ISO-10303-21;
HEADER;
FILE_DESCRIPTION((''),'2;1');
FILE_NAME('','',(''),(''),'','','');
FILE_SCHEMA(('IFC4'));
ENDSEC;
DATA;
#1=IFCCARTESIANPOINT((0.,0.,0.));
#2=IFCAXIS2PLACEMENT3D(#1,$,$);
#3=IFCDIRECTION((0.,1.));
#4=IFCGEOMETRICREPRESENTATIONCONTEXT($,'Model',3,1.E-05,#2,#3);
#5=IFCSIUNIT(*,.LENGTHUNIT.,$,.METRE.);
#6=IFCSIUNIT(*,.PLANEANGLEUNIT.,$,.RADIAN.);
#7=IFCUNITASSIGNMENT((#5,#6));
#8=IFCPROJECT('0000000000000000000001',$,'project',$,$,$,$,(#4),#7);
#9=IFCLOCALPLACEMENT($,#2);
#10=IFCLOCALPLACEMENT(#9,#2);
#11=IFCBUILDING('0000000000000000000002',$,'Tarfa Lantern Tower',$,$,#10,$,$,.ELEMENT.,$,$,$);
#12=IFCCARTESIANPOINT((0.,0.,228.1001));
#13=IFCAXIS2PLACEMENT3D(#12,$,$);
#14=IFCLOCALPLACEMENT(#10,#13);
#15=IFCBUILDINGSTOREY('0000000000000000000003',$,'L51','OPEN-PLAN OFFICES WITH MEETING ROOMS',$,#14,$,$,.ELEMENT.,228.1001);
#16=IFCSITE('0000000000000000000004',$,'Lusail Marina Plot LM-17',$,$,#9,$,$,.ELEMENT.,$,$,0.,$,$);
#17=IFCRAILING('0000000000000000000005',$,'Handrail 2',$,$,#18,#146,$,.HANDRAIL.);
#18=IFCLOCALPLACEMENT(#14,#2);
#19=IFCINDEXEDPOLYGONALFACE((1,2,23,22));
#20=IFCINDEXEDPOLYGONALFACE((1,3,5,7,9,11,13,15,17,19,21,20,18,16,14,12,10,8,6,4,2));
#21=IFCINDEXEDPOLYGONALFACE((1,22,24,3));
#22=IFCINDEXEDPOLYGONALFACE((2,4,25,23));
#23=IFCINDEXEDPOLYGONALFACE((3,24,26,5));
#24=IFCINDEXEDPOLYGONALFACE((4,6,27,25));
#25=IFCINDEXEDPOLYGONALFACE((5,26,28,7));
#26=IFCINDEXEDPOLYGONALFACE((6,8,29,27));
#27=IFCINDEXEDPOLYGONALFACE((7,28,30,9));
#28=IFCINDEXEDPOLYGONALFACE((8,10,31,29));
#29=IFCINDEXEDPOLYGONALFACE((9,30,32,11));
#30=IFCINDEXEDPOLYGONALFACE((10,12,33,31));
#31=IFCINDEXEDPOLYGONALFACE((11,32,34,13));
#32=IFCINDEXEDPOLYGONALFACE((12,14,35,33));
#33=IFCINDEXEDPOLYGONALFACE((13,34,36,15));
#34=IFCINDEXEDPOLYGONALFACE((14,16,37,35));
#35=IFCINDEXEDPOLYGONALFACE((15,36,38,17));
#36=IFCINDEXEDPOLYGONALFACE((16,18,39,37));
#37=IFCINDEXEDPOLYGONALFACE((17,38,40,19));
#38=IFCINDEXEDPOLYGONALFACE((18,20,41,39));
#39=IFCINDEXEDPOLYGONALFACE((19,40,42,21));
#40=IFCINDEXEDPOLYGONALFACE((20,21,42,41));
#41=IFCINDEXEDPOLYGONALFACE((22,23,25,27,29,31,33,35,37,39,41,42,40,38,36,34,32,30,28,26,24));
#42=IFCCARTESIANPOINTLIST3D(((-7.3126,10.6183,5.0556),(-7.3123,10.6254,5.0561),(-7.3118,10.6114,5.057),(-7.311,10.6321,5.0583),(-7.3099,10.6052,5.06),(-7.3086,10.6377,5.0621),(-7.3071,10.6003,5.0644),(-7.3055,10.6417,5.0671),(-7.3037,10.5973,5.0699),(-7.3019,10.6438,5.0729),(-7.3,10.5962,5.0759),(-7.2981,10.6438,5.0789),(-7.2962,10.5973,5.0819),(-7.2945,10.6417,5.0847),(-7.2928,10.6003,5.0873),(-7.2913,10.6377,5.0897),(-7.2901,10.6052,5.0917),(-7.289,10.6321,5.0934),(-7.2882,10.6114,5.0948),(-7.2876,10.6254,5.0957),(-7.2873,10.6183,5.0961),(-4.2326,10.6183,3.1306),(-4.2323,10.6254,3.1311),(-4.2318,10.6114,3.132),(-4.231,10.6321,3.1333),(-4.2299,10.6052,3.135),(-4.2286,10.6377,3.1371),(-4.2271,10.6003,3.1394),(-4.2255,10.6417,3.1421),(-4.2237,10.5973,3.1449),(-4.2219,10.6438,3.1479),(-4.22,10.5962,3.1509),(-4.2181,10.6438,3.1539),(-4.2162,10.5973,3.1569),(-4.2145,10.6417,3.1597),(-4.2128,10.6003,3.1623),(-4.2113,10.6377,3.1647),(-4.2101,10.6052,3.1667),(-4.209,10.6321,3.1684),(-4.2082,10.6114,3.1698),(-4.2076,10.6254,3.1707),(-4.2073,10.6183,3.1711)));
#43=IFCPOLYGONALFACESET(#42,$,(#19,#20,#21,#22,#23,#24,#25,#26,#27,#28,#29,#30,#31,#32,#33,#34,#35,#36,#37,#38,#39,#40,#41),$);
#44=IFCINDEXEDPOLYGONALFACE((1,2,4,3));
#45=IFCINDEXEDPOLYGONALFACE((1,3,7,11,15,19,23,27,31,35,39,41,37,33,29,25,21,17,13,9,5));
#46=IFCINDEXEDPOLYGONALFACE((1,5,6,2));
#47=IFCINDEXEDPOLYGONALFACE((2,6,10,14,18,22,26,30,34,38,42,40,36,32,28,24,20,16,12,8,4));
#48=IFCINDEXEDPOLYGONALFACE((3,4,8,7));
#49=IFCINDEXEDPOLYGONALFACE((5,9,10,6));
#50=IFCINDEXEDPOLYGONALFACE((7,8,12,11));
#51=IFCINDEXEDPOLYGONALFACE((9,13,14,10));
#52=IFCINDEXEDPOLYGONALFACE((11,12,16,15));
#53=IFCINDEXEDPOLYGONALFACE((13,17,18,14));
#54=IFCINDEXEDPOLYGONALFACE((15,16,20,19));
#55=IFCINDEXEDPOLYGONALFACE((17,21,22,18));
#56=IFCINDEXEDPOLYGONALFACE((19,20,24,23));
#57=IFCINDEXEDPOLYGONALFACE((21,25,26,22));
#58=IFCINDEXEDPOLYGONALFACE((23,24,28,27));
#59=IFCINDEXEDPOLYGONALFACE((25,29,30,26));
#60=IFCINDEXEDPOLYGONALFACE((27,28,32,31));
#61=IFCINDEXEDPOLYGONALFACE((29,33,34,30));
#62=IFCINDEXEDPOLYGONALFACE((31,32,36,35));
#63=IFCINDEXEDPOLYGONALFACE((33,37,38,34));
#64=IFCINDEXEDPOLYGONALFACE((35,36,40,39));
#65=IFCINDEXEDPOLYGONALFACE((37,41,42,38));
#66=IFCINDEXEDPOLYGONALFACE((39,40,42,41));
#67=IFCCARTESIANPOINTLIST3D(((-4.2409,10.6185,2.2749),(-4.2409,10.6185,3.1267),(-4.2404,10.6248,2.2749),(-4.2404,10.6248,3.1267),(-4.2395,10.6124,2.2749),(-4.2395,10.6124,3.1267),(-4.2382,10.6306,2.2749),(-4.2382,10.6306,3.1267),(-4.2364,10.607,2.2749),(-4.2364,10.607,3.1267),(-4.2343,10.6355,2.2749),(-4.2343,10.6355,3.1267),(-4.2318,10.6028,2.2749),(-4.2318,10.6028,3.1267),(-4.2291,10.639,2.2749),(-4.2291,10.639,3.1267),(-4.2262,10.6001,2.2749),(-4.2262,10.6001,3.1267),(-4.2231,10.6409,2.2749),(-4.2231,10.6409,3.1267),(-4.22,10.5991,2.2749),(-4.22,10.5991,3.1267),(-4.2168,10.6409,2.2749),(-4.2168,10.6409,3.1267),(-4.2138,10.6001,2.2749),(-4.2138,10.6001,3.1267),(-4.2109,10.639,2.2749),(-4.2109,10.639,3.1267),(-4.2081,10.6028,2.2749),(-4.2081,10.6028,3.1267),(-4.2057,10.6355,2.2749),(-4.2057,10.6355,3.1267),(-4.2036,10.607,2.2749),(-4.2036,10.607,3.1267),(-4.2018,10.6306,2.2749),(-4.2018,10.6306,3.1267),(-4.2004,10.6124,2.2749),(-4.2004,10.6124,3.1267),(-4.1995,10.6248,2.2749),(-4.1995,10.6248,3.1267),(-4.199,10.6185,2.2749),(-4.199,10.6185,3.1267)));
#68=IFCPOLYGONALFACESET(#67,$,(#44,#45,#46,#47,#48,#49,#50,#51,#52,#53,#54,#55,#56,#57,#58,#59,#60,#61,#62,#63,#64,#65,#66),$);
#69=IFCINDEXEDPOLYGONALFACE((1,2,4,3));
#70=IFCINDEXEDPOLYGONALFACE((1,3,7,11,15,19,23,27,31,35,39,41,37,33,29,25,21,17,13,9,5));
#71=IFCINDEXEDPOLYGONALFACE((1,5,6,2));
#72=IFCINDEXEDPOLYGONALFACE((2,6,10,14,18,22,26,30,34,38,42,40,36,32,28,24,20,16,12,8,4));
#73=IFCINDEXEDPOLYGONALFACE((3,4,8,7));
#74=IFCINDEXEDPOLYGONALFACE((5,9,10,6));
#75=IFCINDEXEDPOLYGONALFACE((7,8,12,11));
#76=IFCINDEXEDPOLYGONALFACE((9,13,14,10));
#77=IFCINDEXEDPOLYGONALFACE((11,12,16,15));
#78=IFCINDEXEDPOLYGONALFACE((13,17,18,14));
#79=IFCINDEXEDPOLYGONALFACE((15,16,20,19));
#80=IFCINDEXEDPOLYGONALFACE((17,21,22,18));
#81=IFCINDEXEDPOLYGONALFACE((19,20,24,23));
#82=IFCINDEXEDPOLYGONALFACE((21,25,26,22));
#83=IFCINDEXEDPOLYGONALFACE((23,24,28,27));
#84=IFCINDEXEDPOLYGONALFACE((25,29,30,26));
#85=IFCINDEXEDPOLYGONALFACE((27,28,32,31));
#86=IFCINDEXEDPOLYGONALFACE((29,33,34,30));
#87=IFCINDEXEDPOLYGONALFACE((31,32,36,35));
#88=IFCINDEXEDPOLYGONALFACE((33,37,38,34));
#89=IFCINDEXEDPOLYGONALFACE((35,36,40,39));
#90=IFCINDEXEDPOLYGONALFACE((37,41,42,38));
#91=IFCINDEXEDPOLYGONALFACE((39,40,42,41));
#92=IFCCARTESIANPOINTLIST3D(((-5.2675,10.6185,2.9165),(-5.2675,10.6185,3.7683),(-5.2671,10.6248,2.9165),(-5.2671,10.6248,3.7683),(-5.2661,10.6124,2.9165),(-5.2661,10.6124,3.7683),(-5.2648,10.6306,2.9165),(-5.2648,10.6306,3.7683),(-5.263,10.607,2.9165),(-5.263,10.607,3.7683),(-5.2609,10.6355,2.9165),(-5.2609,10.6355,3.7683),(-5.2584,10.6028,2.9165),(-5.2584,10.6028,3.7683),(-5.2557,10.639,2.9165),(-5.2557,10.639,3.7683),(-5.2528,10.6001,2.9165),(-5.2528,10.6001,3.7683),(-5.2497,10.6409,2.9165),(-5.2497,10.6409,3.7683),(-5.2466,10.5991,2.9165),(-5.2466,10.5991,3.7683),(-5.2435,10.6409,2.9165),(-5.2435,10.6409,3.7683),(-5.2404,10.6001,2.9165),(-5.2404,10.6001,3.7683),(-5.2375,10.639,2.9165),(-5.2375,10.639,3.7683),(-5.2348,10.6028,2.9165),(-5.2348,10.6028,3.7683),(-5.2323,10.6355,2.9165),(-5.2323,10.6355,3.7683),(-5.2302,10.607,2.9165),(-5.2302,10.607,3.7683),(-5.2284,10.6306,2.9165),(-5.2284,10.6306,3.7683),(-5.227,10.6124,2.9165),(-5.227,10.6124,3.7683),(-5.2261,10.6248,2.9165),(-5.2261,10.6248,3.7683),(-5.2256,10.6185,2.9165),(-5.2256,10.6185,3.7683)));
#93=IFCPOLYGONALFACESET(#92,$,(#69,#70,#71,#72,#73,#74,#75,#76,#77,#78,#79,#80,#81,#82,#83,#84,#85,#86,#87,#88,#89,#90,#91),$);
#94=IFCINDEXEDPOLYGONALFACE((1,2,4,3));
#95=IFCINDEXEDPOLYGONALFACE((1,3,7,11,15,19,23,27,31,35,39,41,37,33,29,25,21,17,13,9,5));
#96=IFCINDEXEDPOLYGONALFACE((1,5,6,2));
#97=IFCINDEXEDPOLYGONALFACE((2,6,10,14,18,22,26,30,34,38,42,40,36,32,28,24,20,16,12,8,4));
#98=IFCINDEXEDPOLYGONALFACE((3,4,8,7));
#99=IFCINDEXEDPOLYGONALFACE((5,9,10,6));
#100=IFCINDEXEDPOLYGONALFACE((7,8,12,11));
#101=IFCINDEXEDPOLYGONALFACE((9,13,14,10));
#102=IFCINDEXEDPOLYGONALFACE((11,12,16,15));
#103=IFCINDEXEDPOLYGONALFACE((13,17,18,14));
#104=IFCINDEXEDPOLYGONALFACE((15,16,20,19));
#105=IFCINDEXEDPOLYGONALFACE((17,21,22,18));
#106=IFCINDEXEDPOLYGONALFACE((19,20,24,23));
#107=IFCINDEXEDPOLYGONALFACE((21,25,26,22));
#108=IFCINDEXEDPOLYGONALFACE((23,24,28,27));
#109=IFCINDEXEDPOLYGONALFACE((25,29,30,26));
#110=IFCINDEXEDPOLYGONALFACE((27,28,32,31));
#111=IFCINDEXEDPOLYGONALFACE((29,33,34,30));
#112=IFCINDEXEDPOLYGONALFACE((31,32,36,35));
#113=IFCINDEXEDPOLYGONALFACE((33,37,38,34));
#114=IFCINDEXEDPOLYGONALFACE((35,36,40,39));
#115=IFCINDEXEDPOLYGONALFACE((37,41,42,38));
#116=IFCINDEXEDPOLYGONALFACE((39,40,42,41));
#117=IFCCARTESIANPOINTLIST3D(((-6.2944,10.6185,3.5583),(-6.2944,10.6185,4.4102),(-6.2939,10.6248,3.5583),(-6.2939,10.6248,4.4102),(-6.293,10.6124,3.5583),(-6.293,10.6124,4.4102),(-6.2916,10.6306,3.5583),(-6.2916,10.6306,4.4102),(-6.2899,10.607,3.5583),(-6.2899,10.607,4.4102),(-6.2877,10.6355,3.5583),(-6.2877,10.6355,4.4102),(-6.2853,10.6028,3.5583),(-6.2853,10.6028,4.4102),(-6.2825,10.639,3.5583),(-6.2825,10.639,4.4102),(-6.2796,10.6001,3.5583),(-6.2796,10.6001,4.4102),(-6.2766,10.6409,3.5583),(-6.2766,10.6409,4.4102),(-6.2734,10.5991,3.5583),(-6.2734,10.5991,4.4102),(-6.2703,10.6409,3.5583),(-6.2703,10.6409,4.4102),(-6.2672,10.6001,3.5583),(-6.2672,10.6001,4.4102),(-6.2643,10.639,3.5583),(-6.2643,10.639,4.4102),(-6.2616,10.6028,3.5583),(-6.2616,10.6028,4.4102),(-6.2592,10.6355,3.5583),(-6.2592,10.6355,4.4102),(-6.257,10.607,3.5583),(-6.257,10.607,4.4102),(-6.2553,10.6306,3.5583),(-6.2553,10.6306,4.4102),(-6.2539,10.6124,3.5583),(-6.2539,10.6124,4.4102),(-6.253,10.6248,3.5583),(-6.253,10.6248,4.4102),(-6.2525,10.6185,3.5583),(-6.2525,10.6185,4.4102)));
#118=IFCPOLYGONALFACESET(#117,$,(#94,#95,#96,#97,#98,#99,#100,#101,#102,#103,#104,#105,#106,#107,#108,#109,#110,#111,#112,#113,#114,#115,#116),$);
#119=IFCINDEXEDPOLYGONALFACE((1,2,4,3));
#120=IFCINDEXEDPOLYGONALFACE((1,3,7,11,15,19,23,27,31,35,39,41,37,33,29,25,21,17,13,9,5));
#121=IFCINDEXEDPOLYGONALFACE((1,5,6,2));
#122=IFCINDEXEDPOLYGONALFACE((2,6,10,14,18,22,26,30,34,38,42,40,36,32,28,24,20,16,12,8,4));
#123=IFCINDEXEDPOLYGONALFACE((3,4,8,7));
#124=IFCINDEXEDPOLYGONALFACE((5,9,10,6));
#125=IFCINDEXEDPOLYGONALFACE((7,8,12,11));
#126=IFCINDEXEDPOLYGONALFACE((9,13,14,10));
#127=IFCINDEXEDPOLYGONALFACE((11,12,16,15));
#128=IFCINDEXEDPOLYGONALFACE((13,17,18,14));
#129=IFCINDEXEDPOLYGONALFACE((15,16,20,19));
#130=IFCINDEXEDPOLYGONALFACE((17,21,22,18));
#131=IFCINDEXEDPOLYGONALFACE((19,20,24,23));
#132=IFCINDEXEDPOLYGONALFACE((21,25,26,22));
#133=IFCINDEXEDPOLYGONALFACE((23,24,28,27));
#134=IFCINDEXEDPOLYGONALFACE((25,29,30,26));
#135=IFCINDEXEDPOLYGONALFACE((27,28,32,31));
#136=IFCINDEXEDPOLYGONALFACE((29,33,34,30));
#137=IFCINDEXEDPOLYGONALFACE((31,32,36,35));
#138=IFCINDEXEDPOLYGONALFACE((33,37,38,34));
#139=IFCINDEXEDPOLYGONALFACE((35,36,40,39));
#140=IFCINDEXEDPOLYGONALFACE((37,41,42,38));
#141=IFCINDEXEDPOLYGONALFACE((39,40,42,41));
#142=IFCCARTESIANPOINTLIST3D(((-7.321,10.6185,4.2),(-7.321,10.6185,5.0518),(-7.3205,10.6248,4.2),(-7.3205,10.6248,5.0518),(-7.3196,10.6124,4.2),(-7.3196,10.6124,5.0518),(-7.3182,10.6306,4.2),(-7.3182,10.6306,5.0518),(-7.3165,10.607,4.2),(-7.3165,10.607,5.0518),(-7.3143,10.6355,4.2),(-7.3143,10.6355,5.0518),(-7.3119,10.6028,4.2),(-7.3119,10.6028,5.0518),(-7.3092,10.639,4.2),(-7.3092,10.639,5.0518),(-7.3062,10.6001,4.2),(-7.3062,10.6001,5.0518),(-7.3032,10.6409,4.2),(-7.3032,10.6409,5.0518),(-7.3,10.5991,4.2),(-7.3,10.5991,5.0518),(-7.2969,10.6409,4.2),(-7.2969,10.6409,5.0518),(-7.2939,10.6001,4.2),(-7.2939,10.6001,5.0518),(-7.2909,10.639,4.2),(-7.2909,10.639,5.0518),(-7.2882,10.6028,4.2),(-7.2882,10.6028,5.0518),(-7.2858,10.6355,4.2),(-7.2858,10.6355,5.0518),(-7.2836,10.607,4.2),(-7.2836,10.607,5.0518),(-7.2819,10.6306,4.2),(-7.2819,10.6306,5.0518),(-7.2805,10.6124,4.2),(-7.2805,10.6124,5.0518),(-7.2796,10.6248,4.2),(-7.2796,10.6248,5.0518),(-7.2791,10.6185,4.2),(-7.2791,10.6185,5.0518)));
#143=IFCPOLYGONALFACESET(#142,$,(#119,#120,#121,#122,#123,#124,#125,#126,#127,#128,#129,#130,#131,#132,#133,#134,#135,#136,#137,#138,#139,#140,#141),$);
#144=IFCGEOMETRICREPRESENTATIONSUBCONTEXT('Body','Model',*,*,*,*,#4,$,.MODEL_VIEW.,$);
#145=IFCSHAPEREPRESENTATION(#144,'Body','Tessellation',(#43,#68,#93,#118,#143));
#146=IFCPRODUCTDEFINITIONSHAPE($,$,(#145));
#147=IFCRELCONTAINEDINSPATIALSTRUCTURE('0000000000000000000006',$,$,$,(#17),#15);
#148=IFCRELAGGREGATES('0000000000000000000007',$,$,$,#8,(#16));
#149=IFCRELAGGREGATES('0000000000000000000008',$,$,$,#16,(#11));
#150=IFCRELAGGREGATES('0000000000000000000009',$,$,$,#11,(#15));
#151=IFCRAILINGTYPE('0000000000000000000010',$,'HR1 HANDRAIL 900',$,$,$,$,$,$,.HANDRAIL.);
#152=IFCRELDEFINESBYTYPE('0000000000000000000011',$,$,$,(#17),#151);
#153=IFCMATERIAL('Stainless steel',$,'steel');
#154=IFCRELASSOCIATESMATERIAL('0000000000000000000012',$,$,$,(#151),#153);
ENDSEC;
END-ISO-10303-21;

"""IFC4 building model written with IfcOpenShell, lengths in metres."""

from ifc_helpers import new_model, si_unit, direction, frame, origin, origin_2d, place, context, subcontext, project, spatial, circle, extrude, material, type_object, element, save


model = new_model("IFC4")

# Units and contexts
model_context = context("Model", 3, precision=1e-05, world=origin(), true_north=direction((0.0, 1.0)))
body_context = subcontext(model_context, "Body", "Model", "MODEL_VIEW")
ifc_project = project(units=[si_unit("LENGTHUNIT", "METRE"), si_unit("PLANEANGLEUNIT", "RADIAN")], contexts=[model_context])

# Site, building, storey
site_placement = place(None, origin())
site = spatial("IfcSite", under=ifc_project, at=site_placement, Name="Lusail Marina Plot LM-17", CompositionType="ELEMENT", RefElevation=0.0)
building_placement = place(site_placement, origin())
building = spatial("IfcBuilding", under=site, at=building_placement, Name="Tarfa Lantern Tower", CompositionType="ELEMENT")
storey_placement = place(building_placement, frame((0.0, 0.0, 228.1001)))
storey = spatial("IfcBuildingStorey", under=building, at=storey_placement, Name="L51", Description="OPEN-PLAN OFFICES WITH MEETING ROOMS", CompositionType="ELEMENT", Elevation=228.1001)

# Railing
ifc_material_1 = material(Name="Stainless steel", Category="steel")
railing_type = type_object("IfcRailingType", Name="HR1 HANDRAIL 900", PredefinedType="HANDRAIL", material=ifc_material_1)
railing_1_placement = place(storey_placement, frame((-4.22, 10.6201, 2.2749)))
element("IfcRailing", 1, at=railing_1_placement, inside=storey, type_object=railing_type, Name="Handrail 2", PredefinedType="HANDRAIL", context=body_context, shape_type="SweptSolid", body=[
    extrude(circle(Radius=0.0239, at=origin_2d()), frame((0.0, 0.0, 0.876), z_axis=(-0.847998, 0.0, 0.529999), x_axis=(0.0, -1.0, 0.0)), (0.0, 0.0, 1.0), 3.6321),
    extrude(circle(Radius=0.021, at=origin_2d()), frame((0.0, 0.0, 0.0), z_axis=(0.0, 0.0, 1.0), x_axis=(0.0, -1.0, 0.0)), (0.0, 0.0, 1.0), 0.8518),
    extrude(circle(Radius=0.021, at=origin_2d()), frame((-1.0266, 0.0, 0.6416), z_axis=(0.0, 0.0, 1.0), x_axis=(0.0, -1.0, 0.0)), (0.0, 0.0, 1.0), 0.8518),
    extrude(circle(Radius=0.021, at=origin_2d()), frame((-2.0535, 0.0, 1.2834), z_axis=(0.0, 0.0, 1.0), x_axis=(0.0, -1.0, 0.0)), (0.0, 0.0, 1.0), 0.8518),
    extrude(circle(Radius=0.021, at=origin_2d()), frame((-3.0801, 0.0, 1.925), z_axis=(0.0, 0.0, 1.0), x_axis=(0.0, -1.0, 0.0)), (0.0, 0.0, 1.0), 0.8518),
])

save(model, "model.ifc")
